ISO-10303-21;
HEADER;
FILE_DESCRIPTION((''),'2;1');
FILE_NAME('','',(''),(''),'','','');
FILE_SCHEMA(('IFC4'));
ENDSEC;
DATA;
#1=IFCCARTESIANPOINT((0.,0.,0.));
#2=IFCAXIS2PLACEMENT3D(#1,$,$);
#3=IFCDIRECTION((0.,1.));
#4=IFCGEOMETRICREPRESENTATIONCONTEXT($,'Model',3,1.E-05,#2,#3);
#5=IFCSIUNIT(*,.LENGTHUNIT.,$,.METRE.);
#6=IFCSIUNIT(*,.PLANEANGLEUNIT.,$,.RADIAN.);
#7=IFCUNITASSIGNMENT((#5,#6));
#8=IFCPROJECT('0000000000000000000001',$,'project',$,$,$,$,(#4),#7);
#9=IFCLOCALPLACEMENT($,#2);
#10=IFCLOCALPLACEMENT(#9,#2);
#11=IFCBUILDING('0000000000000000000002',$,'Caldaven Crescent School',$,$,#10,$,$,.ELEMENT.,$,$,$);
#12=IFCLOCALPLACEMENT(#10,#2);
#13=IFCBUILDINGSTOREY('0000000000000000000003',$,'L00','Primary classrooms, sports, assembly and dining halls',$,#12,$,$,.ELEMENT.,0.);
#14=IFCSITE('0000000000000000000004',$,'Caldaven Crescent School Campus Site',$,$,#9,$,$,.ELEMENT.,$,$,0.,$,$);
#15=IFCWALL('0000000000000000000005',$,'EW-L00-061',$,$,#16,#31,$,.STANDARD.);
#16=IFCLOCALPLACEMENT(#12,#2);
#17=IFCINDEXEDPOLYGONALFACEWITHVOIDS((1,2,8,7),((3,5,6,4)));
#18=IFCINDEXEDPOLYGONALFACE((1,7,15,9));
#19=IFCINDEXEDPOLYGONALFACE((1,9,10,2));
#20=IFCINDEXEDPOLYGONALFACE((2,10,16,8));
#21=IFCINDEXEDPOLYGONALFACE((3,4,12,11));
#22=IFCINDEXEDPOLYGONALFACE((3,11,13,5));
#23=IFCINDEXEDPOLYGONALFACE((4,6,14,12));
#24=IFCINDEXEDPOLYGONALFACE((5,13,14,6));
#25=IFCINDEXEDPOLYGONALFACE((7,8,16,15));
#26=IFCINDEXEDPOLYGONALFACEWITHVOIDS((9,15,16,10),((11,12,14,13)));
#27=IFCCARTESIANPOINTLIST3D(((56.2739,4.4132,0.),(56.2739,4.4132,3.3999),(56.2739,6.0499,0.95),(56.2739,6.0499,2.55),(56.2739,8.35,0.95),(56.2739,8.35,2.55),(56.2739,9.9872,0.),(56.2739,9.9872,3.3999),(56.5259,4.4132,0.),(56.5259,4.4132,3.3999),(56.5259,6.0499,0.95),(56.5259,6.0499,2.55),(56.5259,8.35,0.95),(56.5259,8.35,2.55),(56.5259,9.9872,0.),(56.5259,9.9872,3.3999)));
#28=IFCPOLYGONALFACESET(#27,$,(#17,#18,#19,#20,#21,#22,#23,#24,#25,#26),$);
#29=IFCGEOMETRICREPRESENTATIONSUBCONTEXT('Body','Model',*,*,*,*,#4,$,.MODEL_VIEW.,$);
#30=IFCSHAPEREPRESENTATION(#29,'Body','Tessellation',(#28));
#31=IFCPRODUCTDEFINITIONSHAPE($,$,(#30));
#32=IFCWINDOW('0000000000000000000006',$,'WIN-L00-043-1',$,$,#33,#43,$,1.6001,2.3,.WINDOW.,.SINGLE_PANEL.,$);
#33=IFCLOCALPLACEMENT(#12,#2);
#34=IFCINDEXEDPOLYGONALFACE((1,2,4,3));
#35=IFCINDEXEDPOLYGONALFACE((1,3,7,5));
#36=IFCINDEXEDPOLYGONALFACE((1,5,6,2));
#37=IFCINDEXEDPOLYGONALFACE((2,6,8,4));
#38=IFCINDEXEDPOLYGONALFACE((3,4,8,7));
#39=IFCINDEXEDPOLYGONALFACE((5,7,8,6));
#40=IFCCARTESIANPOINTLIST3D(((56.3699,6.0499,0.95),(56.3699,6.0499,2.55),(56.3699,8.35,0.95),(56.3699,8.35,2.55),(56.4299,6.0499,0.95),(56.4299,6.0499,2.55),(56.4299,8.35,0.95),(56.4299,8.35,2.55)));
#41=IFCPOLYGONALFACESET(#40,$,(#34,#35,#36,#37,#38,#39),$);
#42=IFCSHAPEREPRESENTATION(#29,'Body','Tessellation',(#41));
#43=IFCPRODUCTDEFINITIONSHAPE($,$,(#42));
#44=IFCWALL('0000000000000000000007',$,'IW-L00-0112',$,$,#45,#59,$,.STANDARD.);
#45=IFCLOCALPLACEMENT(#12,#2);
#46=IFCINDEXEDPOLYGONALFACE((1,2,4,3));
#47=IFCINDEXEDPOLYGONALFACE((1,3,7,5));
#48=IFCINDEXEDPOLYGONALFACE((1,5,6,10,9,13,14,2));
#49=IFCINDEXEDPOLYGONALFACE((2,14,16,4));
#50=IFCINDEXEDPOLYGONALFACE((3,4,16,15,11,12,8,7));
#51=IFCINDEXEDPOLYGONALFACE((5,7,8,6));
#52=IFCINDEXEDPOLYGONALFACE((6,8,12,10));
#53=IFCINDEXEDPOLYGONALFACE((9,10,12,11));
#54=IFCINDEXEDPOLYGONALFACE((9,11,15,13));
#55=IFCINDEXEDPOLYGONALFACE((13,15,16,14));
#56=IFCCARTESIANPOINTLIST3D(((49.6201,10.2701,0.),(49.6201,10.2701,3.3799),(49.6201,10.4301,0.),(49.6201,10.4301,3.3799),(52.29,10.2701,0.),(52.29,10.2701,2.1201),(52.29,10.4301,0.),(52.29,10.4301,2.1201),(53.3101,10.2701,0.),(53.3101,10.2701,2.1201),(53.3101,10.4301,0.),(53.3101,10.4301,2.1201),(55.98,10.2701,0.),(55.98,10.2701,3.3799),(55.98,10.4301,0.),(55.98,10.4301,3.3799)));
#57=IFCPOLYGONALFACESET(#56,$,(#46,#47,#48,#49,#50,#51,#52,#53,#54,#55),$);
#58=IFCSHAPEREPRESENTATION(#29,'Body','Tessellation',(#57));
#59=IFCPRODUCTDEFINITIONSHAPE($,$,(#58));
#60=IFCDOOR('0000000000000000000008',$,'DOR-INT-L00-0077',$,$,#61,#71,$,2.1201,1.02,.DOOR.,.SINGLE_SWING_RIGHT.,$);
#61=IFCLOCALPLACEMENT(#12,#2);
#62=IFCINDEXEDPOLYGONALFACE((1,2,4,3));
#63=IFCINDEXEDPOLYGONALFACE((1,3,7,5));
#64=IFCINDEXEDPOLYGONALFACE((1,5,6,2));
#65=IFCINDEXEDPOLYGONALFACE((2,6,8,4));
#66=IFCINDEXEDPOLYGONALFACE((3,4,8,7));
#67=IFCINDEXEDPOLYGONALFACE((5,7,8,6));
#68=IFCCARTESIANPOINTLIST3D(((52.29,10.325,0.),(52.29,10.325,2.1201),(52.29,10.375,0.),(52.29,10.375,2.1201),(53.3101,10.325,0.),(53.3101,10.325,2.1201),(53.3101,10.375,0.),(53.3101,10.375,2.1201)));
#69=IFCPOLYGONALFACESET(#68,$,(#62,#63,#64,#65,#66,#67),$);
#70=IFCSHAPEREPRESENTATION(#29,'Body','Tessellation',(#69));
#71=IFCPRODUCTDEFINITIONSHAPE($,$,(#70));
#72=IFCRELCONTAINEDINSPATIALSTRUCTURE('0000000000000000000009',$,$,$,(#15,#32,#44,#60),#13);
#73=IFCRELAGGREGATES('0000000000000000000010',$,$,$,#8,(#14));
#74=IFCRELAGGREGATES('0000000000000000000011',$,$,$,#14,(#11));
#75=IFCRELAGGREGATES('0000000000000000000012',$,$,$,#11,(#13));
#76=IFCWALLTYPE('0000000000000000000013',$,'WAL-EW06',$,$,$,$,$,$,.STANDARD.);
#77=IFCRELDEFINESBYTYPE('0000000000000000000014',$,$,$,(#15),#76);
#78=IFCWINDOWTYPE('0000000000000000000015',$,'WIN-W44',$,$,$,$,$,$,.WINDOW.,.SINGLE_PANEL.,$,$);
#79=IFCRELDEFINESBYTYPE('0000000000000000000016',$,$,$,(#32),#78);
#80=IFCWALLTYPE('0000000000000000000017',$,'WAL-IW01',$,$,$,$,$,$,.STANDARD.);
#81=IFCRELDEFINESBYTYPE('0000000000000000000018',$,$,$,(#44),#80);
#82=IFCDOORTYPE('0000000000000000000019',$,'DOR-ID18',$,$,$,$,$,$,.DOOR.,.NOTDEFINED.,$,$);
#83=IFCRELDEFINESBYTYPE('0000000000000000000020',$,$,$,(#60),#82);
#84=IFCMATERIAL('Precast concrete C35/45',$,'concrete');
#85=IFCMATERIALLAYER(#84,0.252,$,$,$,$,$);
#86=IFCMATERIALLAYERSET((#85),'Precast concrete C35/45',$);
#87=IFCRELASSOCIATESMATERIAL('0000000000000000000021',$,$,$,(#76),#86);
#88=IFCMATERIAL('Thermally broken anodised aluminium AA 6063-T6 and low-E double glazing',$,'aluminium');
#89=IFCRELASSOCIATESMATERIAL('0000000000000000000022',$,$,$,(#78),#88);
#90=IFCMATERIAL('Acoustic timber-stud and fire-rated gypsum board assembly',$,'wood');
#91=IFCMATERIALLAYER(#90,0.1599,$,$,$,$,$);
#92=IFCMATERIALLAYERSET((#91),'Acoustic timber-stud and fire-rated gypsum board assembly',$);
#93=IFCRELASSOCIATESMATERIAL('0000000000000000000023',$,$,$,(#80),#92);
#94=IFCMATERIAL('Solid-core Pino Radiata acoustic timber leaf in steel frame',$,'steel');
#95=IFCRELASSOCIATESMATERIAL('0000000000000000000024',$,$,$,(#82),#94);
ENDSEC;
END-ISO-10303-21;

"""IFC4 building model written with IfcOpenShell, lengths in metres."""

from ifc_helpers import new_model, si_unit, direction, frame, frame_2d, origin, place, context, subcontext, project, spatial, rectangle, extrude, material, layer, layer_set, type_object, element, fill, save


model = new_model("IFC4")

# Units and contexts
model_context = context("Model", 3, precision=1e-05, world=origin(), true_north=direction((0.0, 1.0)))
body_context = subcontext(model_context, "Body", "Model", "MODEL_VIEW")
ifc_project = project(units=[si_unit("LENGTHUNIT", "METRE"), si_unit("PLANEANGLEUNIT", "RADIAN")], contexts=[model_context])

# Site, building, storey
site_placement = place(None, origin())
site = spatial("IfcSite", under=ifc_project, at=site_placement, Name="Caldaven Crescent School Campus Site", CompositionType="ELEMENT", RefElevation=0.0)
building_placement = place(site_placement, origin())
building = spatial("IfcBuilding", under=site, at=building_placement, Name="Caldaven Crescent School", CompositionType="ELEMENT")
storey_placement = place(building_placement, origin())
storey = spatial("IfcBuildingStorey", under=building, at=storey_placement, Name="L00", Description="Primary classrooms, sports, assembly and dining halls", CompositionType="ELEMENT", Elevation=0.0)

# Shared definitions
ifc_material_1 = material(Name="Precast concrete C35/45", Category="concrete")

# Wall, opening, window
ifc_layer_1 = layer(ifc_material_1, 0.252)
ifc_layer_set_1 = layer_set([ifc_layer_1], Name="Precast concrete C35/45")
wall_type_1 = type_object("IfcWallType", Name="WAL-EW06", PredefinedType="STANDARD", material=ifc_layer_set_1)
wall_1_placement = place(storey_placement, frame((56.3999, 4.4131, 0.0), z_axis=(0.0, 0.0, 1.0), x_axis=(0.0, 1.0, 0.0)))
wall_1 = element("IfcWall", 1, at=wall_1_placement, inside=storey, type_object=wall_type_1, Name="EW-L00-061", PredefinedType="STANDARD", context=body_context, shape_type="SweptSolid", body=[
    extrude(rectangle(XDim=5.574, YDim=0.252, at=frame_2d((2.7871, 0.0))), origin(), (0.0, 0.0, 1.0), 3.3999),
])
opening_1_placement = place(wall_1_placement, frame((1.637, 0.0, 0.95)))
opening_1 = element("IfcOpeningElement", 2, at=opening_1_placement, cuts=wall_1, PredefinedType="OPENING", context=body_context, shape_type="SweptSolid", body=[
    extrude(rectangle(XDim=2.3, YDim=1.6001, at=frame_2d((1.1499, 0.8))), frame((0.0, 0.136, 0.0), z_axis=(0.0, -1.0, 0.0), x_axis=(1.0, 0.0, 0.0)), (0.0, 0.0, 1.0), 0.272),
])
ifc_material_2 = material(Name="Thermally broken anodised aluminium AA 6063-T6 and low-E double glazing", Category="aluminium")
window_type = type_object("IfcWindowType", Name="WIN-W44", PartitioningType="SINGLE_PANEL", PredefinedType="WINDOW", material=ifc_material_2)
window_placement = place(opening_1_placement, origin())
window = element("IfcWindow", 3, at=window_placement, inside=storey, type_object=window_type, Name="WIN-L00-043-1", OverallHeight=1.6001, OverallWidth=2.3, PartitioningType="SINGLE_PANEL", PredefinedType="WINDOW", context=body_context, shape_type="SweptSolid", body=[
    extrude(rectangle(XDim=2.3, YDim=1.6001, at=frame_2d((1.1499, 0.8))), frame((0.0, 0.03, 0.0), z_axis=(0.0, -1.0, 0.0), x_axis=(1.0, 0.0, 0.0)), (0.0, 0.0, 1.0), 0.0601),
])
fill(opening_1, window)

# Wall, opening, door
ifc_material_3 = material(Name="Acoustic timber-stud and fire-rated gypsum board assembly", Category="wood")
ifc_layer_2 = layer(ifc_material_3, 0.1599)
ifc_layer_set_2 = layer_set([ifc_layer_2], Name="Acoustic timber-stud and fire-rated gypsum board assembly")
wall_type_2 = type_object("IfcWallType", Name="WAL-IW01", PredefinedType="STANDARD", material=ifc_layer_set_2)
wall_2_placement = place(storey_placement, frame((49.6201, 10.3501, 0.0), z_axis=(0.0, 0.0, 1.0), x_axis=(1.0, 0.0, 0.0)))
wall_2 = element("IfcWall", 4, at=wall_2_placement, inside=storey, type_object=wall_type_2, Name="IW-L00-0112", PredefinedType="STANDARD", context=body_context, shape_type="SweptSolid", body=[
    extrude(rectangle(XDim=6.3599, YDim=0.1599, at=frame_2d((3.1799, 0.0))), origin(), (0.0, 0.0, 1.0), 3.3799),
])
opening_2_placement = place(wall_2_placement, frame((2.6699, 0.0, 0.0)))
opening_2 = element("IfcOpeningElement", 5, at=opening_2_placement, cuts=wall_2, PredefinedType="OPENING", context=body_context, shape_type="SweptSolid", body=[
    extrude(rectangle(XDim=1.02, YDim=2.1201, at=frame_2d((0.51, 1.0601))), frame((0.0, 0.0898, 0.0), z_axis=(0.0, -1.0, 0.0), x_axis=(1.0, 0.0, 0.0)), (0.0, 0.0, 1.0), 0.1799),
])
ifc_material_4 = material(Name="Solid-core Pino Radiata acoustic timber leaf in steel frame", Category="steel")
door_type_1 = type_object("IfcDoorType", Name="DOR-ID18", OperationType="NOTDEFINED", PredefinedType="DOOR", material=ifc_material_4)
door_1_placement = place(opening_2_placement, origin())
door_1 = element("IfcDoor", 6, at=door_1_placement, inside=storey, type_object=door_type_1, Name="DOR-INT-L00-0077", OperationType="SINGLE_SWING_RIGHT", OverallHeight=2.1201, OverallWidth=1.02, PredefinedType="DOOR", context=body_context, shape_type="SweptSolid", body=[
    extrude(rectangle(XDim=1.02, YDim=2.1201, at=frame_2d((0.51, 1.0601))), frame((0.0, 0.0249, 0.0), z_axis=(0.0, -1.0, 0.0), x_axis=(1.0, 0.0, 0.0)), (0.0, 0.0, 1.0), 0.05),
])
fill(opening_2, door_1)

save(model, "model.ifc")
